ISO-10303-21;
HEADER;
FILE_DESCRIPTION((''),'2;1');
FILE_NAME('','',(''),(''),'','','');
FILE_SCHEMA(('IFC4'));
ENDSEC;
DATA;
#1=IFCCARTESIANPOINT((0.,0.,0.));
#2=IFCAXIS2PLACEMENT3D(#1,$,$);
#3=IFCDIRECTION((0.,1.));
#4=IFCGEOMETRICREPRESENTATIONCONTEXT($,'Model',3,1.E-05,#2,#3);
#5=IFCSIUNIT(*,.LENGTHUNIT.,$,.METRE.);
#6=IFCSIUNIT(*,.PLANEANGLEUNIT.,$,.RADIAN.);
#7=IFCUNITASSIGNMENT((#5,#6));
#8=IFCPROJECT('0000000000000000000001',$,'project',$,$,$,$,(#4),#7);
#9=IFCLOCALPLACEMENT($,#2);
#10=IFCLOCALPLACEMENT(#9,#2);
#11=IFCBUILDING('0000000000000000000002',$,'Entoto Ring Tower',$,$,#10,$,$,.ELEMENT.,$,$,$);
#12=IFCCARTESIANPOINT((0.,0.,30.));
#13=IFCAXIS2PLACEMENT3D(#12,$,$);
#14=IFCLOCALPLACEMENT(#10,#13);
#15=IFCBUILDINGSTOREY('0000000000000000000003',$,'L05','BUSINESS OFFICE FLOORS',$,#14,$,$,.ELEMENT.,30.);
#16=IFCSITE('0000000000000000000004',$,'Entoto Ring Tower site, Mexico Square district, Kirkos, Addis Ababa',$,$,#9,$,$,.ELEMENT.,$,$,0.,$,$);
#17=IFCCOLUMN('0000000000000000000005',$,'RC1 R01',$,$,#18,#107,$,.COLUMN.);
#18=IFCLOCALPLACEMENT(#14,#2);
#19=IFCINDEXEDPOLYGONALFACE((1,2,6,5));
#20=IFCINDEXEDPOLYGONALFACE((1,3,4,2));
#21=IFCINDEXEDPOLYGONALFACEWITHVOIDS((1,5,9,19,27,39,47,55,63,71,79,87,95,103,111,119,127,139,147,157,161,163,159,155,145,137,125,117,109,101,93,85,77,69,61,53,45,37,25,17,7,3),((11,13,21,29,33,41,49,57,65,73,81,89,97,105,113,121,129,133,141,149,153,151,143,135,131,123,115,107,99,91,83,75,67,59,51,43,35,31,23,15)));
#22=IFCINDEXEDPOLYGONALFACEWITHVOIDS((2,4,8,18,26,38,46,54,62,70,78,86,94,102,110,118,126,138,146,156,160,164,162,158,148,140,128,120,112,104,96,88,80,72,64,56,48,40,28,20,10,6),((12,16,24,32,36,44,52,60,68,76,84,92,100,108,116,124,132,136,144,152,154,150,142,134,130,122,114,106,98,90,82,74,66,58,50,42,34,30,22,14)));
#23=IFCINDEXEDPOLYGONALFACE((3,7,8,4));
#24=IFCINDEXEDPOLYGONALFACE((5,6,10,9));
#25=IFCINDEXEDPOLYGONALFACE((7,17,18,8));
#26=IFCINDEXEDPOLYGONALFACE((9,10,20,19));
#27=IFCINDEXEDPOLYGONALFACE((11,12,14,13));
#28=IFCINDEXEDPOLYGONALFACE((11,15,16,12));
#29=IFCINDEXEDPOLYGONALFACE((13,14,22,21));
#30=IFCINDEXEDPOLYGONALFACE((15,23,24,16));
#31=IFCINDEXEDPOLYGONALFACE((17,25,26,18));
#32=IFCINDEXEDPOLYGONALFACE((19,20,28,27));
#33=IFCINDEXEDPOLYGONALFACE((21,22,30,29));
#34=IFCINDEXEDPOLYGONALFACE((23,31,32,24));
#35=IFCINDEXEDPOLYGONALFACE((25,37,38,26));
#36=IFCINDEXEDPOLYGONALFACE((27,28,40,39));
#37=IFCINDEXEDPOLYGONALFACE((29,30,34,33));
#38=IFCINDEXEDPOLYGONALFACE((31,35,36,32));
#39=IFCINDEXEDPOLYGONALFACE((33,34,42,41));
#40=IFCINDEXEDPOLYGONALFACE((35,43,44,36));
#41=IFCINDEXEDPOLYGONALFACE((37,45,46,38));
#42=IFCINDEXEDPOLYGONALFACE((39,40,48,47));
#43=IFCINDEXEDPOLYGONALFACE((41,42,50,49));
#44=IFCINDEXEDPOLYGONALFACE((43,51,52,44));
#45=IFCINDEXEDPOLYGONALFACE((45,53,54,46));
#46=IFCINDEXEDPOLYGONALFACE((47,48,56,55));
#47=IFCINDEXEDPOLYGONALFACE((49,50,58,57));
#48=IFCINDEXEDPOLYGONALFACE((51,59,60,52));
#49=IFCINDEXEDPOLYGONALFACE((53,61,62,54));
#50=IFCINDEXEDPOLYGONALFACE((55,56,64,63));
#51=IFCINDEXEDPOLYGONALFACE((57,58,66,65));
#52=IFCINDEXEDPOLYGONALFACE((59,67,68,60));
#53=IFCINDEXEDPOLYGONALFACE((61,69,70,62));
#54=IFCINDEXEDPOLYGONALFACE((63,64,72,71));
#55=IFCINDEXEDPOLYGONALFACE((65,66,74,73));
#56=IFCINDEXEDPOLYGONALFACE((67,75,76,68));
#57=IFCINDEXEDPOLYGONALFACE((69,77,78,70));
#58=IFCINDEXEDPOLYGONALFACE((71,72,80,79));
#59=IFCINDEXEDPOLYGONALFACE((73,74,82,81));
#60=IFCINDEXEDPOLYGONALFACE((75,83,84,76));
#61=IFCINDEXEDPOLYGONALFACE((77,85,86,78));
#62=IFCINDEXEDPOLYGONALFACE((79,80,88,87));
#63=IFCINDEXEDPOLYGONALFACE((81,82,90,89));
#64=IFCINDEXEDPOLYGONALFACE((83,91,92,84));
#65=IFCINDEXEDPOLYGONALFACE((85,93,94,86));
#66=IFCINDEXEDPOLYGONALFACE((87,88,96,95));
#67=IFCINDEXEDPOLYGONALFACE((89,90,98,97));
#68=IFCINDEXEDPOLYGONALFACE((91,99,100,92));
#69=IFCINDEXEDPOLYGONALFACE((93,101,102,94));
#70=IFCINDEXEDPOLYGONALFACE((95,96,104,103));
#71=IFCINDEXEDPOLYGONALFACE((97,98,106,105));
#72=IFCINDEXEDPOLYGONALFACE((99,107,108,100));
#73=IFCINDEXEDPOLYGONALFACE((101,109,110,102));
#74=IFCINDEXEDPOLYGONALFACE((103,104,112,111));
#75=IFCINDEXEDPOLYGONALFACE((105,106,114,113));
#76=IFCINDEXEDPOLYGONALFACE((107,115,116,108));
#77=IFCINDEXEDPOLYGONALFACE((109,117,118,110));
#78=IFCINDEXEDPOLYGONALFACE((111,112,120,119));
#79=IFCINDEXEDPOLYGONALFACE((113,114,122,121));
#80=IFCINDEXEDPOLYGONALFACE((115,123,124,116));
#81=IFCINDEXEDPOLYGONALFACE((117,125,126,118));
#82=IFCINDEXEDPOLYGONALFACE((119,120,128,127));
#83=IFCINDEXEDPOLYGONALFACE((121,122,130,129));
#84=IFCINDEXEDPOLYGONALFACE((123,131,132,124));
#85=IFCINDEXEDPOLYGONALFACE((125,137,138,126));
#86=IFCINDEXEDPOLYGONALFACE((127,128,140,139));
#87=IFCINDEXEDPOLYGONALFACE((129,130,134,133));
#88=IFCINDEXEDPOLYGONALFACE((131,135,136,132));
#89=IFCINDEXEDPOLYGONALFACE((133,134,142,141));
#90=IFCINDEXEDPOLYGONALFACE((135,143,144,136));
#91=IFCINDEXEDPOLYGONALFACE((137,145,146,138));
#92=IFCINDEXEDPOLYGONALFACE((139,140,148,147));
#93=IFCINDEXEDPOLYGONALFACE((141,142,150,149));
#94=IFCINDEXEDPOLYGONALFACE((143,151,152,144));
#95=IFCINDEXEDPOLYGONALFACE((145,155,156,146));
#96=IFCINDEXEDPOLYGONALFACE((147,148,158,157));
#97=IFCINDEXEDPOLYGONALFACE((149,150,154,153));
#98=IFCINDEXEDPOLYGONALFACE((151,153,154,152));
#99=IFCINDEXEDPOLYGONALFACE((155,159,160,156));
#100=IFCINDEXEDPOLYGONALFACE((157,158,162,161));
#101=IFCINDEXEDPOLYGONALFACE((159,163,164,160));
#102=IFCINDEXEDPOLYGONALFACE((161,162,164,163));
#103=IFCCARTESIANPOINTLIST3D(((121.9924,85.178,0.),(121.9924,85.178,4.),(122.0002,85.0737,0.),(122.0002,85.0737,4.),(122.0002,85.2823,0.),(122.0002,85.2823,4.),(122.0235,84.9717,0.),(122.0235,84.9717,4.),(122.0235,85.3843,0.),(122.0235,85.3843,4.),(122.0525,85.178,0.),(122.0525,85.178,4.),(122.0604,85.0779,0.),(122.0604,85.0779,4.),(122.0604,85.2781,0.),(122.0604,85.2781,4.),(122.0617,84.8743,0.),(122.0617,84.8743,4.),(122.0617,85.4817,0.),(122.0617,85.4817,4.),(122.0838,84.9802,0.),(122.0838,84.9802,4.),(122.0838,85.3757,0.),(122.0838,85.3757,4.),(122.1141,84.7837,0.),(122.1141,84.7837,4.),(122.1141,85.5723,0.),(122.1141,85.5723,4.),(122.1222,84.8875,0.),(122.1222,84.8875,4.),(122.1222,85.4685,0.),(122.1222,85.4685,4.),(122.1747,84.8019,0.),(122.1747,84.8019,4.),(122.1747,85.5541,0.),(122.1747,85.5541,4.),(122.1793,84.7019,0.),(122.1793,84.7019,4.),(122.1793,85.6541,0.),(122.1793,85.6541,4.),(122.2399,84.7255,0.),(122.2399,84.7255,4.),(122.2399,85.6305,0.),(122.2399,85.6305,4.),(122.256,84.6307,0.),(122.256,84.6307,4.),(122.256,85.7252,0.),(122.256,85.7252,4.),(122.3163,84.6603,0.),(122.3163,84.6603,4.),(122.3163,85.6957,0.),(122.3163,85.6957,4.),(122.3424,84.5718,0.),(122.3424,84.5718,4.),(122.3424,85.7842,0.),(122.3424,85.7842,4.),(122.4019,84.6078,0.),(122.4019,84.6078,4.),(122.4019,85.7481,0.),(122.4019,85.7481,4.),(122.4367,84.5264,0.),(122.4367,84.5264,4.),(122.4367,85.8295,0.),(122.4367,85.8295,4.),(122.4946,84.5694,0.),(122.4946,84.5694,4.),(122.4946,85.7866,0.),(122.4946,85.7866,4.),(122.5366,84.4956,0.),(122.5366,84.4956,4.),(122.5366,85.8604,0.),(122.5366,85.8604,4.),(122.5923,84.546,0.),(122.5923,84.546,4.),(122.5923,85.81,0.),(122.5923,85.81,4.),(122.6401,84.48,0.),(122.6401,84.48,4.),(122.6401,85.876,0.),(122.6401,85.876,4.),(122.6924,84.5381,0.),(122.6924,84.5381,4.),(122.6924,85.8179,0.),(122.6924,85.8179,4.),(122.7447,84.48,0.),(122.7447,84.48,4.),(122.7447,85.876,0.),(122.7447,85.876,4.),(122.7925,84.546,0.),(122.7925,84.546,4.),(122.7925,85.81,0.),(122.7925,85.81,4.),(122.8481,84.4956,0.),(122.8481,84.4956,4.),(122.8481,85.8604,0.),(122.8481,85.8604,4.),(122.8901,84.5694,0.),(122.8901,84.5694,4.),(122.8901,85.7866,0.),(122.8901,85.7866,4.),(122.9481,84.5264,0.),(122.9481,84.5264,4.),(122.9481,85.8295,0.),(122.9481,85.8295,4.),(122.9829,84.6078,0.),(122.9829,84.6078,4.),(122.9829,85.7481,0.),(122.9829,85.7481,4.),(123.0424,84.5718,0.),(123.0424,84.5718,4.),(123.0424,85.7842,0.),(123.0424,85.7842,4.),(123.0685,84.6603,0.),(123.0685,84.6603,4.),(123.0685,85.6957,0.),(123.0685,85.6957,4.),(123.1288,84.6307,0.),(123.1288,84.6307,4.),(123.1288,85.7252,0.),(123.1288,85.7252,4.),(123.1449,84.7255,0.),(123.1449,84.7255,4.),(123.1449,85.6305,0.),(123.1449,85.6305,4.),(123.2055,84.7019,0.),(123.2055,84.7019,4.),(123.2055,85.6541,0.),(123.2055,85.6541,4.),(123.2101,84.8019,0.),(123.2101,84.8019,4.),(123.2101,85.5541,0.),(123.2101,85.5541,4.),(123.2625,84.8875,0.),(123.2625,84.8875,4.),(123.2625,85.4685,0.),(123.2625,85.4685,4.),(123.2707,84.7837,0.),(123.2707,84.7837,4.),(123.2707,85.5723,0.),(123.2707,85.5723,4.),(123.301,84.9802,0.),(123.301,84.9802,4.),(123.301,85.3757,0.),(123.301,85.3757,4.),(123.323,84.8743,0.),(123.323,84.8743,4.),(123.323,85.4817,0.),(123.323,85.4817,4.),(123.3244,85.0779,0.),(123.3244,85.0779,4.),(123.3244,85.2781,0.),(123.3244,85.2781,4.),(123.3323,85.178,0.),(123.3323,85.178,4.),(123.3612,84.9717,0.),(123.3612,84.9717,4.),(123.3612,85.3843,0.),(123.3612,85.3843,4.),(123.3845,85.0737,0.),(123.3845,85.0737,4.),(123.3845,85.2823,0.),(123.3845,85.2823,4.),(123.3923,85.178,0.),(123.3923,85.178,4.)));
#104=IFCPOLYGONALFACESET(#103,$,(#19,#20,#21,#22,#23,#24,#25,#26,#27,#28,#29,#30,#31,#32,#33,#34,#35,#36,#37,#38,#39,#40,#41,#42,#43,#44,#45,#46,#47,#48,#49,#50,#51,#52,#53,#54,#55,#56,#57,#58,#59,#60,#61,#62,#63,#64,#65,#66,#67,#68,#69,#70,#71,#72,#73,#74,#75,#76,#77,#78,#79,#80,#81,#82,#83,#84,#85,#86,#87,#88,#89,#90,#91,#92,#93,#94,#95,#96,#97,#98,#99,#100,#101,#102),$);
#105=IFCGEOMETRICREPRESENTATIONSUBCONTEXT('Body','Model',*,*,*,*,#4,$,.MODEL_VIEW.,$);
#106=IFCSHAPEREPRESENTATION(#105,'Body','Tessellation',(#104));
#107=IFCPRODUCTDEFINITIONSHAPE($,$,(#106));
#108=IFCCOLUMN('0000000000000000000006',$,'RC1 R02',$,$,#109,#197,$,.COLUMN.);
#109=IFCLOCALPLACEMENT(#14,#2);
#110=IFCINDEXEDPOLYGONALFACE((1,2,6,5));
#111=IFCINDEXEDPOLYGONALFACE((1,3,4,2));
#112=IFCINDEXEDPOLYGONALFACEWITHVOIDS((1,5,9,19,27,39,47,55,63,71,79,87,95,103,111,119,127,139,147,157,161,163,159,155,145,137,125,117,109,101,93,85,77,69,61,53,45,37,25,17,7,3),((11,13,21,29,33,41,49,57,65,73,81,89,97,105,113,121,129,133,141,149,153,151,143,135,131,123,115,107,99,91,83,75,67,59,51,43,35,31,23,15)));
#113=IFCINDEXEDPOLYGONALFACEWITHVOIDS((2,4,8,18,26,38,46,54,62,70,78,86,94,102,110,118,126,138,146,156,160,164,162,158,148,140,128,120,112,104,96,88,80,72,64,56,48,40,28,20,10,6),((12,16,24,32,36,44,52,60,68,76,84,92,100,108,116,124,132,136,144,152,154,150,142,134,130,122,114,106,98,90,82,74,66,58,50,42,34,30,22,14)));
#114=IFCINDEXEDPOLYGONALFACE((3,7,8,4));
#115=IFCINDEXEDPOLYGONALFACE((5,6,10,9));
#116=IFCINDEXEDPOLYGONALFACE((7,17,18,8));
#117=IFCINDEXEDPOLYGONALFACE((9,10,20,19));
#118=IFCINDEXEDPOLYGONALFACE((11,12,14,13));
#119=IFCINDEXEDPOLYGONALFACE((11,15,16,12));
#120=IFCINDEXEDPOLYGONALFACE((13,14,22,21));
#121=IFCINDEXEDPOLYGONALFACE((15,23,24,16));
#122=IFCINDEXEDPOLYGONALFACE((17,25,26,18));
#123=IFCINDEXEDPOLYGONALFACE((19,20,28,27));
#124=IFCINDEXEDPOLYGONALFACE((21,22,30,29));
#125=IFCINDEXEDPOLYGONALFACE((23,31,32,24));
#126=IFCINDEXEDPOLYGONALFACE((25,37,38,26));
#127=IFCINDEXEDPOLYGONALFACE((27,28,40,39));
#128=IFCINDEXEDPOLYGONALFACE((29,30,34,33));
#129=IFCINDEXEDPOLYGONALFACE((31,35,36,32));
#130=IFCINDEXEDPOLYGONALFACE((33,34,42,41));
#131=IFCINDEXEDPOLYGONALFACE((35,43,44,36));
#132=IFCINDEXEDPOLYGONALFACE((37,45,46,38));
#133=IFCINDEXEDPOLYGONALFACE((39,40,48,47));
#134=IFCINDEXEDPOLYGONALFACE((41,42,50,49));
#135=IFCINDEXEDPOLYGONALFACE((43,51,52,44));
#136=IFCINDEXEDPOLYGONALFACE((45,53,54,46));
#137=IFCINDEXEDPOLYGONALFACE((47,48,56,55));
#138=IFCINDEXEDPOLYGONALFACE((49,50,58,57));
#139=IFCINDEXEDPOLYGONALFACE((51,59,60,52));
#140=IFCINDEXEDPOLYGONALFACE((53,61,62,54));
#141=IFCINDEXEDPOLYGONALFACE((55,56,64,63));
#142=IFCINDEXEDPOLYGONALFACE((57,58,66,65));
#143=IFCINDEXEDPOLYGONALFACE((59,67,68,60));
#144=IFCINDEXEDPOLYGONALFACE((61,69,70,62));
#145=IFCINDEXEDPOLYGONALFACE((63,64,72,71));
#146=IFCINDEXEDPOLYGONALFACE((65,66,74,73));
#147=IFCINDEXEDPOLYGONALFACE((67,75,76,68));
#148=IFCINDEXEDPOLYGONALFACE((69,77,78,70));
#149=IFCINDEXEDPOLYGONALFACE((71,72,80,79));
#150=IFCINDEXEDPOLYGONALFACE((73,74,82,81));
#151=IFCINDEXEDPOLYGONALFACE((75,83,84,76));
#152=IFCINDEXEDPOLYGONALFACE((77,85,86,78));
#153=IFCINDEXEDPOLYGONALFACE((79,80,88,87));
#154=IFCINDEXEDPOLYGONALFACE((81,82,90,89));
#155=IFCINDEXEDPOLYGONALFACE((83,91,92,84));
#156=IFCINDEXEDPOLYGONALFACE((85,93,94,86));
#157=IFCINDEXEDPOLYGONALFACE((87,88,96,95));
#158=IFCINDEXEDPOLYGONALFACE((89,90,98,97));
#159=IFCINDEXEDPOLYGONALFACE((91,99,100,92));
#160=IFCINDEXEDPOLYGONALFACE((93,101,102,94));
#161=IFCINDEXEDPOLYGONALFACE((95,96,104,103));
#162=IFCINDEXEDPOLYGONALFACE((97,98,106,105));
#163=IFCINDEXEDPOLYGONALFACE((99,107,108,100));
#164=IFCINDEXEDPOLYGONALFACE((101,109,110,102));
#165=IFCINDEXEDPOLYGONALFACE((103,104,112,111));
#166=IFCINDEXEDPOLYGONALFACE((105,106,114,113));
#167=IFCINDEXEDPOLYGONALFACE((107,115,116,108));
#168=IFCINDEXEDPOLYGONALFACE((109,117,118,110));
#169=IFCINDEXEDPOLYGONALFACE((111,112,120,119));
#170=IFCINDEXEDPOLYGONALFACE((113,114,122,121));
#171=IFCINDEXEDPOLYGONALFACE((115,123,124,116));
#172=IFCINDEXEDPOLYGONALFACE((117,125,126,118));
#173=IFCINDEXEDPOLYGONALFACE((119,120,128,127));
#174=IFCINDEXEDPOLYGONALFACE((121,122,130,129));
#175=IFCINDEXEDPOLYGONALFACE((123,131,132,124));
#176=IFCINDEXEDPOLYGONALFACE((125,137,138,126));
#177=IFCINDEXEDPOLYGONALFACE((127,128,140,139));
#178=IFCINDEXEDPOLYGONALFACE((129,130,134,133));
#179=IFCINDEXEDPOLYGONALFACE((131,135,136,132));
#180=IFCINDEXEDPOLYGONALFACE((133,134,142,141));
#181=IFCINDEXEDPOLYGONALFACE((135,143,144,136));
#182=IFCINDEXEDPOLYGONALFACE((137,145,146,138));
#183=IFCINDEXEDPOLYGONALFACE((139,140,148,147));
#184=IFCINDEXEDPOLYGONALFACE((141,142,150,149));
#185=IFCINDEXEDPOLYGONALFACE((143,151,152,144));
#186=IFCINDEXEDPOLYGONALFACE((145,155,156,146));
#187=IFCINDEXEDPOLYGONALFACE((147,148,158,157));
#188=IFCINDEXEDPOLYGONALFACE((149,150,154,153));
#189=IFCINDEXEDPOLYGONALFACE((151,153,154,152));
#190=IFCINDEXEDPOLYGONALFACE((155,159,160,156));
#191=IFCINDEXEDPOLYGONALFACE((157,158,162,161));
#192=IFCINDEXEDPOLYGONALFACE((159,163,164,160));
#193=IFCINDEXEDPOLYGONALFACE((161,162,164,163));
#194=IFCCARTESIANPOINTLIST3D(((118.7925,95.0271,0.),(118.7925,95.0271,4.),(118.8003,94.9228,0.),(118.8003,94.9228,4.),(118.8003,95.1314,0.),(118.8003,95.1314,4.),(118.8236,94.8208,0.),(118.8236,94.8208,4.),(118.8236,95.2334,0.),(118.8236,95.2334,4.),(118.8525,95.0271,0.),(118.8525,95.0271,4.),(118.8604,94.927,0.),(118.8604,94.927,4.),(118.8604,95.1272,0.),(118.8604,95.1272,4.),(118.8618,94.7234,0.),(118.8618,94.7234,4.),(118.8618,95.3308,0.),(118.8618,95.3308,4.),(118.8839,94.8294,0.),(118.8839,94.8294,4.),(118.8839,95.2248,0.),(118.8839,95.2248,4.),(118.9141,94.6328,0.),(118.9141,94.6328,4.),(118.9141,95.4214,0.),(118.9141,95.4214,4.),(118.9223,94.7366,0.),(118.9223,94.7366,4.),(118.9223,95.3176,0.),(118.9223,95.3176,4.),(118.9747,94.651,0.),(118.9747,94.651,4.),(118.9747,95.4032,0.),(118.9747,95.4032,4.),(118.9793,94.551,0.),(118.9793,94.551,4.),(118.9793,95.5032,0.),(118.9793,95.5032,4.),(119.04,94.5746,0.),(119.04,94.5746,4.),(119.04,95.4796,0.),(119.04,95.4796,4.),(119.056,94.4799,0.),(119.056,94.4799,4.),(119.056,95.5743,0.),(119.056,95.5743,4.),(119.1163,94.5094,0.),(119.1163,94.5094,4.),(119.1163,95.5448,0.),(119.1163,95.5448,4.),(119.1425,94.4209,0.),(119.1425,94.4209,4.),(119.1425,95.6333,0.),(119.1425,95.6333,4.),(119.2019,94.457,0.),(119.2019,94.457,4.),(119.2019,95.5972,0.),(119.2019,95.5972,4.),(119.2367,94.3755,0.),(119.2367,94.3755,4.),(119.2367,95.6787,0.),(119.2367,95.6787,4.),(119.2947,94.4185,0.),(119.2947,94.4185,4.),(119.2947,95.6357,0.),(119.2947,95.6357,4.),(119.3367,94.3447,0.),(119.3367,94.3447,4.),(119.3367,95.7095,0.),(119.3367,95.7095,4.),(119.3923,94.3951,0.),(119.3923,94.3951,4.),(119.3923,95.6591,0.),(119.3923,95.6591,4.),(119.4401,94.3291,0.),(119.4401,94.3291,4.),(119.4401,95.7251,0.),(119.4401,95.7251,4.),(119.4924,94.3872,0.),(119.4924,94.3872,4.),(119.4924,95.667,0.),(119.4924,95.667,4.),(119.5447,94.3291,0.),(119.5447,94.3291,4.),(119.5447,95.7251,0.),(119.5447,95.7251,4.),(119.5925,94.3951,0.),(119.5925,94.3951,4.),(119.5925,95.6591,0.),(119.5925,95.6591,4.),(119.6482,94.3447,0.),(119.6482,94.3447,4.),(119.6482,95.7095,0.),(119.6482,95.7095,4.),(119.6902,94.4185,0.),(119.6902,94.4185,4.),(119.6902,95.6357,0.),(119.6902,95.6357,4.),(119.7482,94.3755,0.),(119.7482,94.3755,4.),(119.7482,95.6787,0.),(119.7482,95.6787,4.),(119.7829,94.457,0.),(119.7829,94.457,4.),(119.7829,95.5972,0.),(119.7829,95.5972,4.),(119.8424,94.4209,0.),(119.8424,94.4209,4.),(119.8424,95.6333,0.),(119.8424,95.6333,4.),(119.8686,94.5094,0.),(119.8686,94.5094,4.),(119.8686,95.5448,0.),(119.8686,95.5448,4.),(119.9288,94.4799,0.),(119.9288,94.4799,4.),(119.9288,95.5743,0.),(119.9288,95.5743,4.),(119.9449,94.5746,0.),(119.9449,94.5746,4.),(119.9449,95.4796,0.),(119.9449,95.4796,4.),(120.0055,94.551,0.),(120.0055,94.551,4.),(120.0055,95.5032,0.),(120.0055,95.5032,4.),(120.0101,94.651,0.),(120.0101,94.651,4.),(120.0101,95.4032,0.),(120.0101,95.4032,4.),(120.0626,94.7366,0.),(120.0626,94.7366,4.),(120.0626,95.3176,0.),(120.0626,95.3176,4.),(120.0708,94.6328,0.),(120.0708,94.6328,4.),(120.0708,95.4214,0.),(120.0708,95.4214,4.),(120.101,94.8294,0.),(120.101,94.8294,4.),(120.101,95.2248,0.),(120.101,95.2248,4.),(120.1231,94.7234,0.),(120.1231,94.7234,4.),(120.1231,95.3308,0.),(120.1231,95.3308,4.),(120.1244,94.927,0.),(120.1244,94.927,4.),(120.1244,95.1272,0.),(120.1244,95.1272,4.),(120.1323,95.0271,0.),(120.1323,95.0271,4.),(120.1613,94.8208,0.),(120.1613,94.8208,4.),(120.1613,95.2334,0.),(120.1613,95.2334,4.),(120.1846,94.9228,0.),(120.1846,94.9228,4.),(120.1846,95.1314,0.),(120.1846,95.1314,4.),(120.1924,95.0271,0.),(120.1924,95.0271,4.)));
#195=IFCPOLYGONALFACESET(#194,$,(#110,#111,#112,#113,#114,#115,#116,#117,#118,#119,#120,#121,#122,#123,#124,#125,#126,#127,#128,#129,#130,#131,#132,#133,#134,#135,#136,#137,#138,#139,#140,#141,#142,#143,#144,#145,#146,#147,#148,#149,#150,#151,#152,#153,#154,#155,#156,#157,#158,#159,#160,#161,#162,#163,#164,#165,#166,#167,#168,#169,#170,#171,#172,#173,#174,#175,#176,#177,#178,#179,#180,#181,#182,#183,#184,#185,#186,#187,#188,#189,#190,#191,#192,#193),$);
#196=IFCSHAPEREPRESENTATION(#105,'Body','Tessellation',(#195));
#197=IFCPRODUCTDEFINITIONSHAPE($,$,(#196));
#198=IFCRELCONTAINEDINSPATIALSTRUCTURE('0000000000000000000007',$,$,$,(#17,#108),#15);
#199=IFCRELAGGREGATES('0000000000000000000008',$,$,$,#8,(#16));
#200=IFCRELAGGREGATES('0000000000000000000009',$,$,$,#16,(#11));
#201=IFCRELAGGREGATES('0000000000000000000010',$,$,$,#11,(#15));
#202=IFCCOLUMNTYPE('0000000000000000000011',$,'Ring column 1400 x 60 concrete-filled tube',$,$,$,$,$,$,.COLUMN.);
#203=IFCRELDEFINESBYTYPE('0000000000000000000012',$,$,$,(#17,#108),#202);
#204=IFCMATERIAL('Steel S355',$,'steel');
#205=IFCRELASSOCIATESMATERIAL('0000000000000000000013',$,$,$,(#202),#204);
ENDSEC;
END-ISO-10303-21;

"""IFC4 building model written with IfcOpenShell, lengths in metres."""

from ifc_helpers import new_model, si_unit, direction, frame, origin, origin_2d, place, context, subcontext, project, spatial, circle, hollow_circle, extrude, material, material_profile, profile_set, type_object, element, save


model = new_model("IFC4")

# Units and contexts
model_context = context("Model", 3, precision=1e-05, world=origin(), true_north=direction((0.0, 1.0)))
body_context = subcontext(model_context, "Body", "Model", "MODEL_VIEW")
ifc_project = project(units=[si_unit("LENGTHUNIT", "METRE"), si_unit("PLANEANGLEUNIT", "RADIAN")], contexts=[model_context])

# Site, building, storey
site_placement = place(None, origin())
site = spatial("IfcSite", under=ifc_project, at=site_placement, Name="Entoto Ring Tower site, Mexico Square district, Kirkos, Addis Ababa", CompositionType="ELEMENT", RefElevation=0.0)
building_placement = place(site_placement, origin())
building = spatial("IfcBuilding", under=site, at=building_placement, Name="Entoto Ring Tower", CompositionType="ELEMENT")
storey_placement = place(building_placement, frame((0.0, 0.0, 30.0)))
storey = spatial("IfcBuildingStorey", under=building, at=storey_placement, Name="L05", Description="BUSINESS OFFICE FLOORS", CompositionType="ELEMENT", Elevation=30.0)

# Columns
ifc_material_1 = material(Name="Steel S355", Category="steel")
ifc_material_profile_1 = material_profile(ifc_material_1, hollow_circle(Radius=0.7, WallThickness=0.0601, at=origin_2d()), Name="CHS 1400 x 60")
ifc_material_2 = material(Name="Concrete C60/75", Category="concrete")
ifc_material_profile_2 = material_profile(ifc_material_2, circle(Radius=0.6399, at=origin_2d()), Name="Concrete C60/75 infill")
ifc_profile_set_1 = profile_set([ifc_material_profile_1, ifc_material_profile_2], Name="Steel S355")
column_type = type_object("IfcColumnType", Name="Ring column 1400 x 60 concrete-filled tube", PredefinedType="COLUMN", material=ifc_profile_set_1)
for number, where, z_axis, x_axis, name in (
    (1, (122.6924, 85.178, 0.0), (0.0, 0.0, 1.0), (1.0, 0.0, 0.0), "RC1 R01"),
    (2, (119.4924, 95.0271, 0.0), (0.0, 0.0, 1.0), (1.0, 0.0, 0.0), "RC1 R02"),
):
    element("IfcColumn", number, at=place(storey_placement, frame(where, z_axis=z_axis, x_axis=x_axis)), inside=storey, type_object=column_type, Name=name, PredefinedType="COLUMN", context=body_context, shape_type="SweptSolid", body=[
        extrude(hollow_circle(Radius=0.7, WallThickness=0.0601, at=origin_2d()), origin(), (0.0, 0.0, 1.0), 4.0),
    ])

save(model, "model.ifc")
